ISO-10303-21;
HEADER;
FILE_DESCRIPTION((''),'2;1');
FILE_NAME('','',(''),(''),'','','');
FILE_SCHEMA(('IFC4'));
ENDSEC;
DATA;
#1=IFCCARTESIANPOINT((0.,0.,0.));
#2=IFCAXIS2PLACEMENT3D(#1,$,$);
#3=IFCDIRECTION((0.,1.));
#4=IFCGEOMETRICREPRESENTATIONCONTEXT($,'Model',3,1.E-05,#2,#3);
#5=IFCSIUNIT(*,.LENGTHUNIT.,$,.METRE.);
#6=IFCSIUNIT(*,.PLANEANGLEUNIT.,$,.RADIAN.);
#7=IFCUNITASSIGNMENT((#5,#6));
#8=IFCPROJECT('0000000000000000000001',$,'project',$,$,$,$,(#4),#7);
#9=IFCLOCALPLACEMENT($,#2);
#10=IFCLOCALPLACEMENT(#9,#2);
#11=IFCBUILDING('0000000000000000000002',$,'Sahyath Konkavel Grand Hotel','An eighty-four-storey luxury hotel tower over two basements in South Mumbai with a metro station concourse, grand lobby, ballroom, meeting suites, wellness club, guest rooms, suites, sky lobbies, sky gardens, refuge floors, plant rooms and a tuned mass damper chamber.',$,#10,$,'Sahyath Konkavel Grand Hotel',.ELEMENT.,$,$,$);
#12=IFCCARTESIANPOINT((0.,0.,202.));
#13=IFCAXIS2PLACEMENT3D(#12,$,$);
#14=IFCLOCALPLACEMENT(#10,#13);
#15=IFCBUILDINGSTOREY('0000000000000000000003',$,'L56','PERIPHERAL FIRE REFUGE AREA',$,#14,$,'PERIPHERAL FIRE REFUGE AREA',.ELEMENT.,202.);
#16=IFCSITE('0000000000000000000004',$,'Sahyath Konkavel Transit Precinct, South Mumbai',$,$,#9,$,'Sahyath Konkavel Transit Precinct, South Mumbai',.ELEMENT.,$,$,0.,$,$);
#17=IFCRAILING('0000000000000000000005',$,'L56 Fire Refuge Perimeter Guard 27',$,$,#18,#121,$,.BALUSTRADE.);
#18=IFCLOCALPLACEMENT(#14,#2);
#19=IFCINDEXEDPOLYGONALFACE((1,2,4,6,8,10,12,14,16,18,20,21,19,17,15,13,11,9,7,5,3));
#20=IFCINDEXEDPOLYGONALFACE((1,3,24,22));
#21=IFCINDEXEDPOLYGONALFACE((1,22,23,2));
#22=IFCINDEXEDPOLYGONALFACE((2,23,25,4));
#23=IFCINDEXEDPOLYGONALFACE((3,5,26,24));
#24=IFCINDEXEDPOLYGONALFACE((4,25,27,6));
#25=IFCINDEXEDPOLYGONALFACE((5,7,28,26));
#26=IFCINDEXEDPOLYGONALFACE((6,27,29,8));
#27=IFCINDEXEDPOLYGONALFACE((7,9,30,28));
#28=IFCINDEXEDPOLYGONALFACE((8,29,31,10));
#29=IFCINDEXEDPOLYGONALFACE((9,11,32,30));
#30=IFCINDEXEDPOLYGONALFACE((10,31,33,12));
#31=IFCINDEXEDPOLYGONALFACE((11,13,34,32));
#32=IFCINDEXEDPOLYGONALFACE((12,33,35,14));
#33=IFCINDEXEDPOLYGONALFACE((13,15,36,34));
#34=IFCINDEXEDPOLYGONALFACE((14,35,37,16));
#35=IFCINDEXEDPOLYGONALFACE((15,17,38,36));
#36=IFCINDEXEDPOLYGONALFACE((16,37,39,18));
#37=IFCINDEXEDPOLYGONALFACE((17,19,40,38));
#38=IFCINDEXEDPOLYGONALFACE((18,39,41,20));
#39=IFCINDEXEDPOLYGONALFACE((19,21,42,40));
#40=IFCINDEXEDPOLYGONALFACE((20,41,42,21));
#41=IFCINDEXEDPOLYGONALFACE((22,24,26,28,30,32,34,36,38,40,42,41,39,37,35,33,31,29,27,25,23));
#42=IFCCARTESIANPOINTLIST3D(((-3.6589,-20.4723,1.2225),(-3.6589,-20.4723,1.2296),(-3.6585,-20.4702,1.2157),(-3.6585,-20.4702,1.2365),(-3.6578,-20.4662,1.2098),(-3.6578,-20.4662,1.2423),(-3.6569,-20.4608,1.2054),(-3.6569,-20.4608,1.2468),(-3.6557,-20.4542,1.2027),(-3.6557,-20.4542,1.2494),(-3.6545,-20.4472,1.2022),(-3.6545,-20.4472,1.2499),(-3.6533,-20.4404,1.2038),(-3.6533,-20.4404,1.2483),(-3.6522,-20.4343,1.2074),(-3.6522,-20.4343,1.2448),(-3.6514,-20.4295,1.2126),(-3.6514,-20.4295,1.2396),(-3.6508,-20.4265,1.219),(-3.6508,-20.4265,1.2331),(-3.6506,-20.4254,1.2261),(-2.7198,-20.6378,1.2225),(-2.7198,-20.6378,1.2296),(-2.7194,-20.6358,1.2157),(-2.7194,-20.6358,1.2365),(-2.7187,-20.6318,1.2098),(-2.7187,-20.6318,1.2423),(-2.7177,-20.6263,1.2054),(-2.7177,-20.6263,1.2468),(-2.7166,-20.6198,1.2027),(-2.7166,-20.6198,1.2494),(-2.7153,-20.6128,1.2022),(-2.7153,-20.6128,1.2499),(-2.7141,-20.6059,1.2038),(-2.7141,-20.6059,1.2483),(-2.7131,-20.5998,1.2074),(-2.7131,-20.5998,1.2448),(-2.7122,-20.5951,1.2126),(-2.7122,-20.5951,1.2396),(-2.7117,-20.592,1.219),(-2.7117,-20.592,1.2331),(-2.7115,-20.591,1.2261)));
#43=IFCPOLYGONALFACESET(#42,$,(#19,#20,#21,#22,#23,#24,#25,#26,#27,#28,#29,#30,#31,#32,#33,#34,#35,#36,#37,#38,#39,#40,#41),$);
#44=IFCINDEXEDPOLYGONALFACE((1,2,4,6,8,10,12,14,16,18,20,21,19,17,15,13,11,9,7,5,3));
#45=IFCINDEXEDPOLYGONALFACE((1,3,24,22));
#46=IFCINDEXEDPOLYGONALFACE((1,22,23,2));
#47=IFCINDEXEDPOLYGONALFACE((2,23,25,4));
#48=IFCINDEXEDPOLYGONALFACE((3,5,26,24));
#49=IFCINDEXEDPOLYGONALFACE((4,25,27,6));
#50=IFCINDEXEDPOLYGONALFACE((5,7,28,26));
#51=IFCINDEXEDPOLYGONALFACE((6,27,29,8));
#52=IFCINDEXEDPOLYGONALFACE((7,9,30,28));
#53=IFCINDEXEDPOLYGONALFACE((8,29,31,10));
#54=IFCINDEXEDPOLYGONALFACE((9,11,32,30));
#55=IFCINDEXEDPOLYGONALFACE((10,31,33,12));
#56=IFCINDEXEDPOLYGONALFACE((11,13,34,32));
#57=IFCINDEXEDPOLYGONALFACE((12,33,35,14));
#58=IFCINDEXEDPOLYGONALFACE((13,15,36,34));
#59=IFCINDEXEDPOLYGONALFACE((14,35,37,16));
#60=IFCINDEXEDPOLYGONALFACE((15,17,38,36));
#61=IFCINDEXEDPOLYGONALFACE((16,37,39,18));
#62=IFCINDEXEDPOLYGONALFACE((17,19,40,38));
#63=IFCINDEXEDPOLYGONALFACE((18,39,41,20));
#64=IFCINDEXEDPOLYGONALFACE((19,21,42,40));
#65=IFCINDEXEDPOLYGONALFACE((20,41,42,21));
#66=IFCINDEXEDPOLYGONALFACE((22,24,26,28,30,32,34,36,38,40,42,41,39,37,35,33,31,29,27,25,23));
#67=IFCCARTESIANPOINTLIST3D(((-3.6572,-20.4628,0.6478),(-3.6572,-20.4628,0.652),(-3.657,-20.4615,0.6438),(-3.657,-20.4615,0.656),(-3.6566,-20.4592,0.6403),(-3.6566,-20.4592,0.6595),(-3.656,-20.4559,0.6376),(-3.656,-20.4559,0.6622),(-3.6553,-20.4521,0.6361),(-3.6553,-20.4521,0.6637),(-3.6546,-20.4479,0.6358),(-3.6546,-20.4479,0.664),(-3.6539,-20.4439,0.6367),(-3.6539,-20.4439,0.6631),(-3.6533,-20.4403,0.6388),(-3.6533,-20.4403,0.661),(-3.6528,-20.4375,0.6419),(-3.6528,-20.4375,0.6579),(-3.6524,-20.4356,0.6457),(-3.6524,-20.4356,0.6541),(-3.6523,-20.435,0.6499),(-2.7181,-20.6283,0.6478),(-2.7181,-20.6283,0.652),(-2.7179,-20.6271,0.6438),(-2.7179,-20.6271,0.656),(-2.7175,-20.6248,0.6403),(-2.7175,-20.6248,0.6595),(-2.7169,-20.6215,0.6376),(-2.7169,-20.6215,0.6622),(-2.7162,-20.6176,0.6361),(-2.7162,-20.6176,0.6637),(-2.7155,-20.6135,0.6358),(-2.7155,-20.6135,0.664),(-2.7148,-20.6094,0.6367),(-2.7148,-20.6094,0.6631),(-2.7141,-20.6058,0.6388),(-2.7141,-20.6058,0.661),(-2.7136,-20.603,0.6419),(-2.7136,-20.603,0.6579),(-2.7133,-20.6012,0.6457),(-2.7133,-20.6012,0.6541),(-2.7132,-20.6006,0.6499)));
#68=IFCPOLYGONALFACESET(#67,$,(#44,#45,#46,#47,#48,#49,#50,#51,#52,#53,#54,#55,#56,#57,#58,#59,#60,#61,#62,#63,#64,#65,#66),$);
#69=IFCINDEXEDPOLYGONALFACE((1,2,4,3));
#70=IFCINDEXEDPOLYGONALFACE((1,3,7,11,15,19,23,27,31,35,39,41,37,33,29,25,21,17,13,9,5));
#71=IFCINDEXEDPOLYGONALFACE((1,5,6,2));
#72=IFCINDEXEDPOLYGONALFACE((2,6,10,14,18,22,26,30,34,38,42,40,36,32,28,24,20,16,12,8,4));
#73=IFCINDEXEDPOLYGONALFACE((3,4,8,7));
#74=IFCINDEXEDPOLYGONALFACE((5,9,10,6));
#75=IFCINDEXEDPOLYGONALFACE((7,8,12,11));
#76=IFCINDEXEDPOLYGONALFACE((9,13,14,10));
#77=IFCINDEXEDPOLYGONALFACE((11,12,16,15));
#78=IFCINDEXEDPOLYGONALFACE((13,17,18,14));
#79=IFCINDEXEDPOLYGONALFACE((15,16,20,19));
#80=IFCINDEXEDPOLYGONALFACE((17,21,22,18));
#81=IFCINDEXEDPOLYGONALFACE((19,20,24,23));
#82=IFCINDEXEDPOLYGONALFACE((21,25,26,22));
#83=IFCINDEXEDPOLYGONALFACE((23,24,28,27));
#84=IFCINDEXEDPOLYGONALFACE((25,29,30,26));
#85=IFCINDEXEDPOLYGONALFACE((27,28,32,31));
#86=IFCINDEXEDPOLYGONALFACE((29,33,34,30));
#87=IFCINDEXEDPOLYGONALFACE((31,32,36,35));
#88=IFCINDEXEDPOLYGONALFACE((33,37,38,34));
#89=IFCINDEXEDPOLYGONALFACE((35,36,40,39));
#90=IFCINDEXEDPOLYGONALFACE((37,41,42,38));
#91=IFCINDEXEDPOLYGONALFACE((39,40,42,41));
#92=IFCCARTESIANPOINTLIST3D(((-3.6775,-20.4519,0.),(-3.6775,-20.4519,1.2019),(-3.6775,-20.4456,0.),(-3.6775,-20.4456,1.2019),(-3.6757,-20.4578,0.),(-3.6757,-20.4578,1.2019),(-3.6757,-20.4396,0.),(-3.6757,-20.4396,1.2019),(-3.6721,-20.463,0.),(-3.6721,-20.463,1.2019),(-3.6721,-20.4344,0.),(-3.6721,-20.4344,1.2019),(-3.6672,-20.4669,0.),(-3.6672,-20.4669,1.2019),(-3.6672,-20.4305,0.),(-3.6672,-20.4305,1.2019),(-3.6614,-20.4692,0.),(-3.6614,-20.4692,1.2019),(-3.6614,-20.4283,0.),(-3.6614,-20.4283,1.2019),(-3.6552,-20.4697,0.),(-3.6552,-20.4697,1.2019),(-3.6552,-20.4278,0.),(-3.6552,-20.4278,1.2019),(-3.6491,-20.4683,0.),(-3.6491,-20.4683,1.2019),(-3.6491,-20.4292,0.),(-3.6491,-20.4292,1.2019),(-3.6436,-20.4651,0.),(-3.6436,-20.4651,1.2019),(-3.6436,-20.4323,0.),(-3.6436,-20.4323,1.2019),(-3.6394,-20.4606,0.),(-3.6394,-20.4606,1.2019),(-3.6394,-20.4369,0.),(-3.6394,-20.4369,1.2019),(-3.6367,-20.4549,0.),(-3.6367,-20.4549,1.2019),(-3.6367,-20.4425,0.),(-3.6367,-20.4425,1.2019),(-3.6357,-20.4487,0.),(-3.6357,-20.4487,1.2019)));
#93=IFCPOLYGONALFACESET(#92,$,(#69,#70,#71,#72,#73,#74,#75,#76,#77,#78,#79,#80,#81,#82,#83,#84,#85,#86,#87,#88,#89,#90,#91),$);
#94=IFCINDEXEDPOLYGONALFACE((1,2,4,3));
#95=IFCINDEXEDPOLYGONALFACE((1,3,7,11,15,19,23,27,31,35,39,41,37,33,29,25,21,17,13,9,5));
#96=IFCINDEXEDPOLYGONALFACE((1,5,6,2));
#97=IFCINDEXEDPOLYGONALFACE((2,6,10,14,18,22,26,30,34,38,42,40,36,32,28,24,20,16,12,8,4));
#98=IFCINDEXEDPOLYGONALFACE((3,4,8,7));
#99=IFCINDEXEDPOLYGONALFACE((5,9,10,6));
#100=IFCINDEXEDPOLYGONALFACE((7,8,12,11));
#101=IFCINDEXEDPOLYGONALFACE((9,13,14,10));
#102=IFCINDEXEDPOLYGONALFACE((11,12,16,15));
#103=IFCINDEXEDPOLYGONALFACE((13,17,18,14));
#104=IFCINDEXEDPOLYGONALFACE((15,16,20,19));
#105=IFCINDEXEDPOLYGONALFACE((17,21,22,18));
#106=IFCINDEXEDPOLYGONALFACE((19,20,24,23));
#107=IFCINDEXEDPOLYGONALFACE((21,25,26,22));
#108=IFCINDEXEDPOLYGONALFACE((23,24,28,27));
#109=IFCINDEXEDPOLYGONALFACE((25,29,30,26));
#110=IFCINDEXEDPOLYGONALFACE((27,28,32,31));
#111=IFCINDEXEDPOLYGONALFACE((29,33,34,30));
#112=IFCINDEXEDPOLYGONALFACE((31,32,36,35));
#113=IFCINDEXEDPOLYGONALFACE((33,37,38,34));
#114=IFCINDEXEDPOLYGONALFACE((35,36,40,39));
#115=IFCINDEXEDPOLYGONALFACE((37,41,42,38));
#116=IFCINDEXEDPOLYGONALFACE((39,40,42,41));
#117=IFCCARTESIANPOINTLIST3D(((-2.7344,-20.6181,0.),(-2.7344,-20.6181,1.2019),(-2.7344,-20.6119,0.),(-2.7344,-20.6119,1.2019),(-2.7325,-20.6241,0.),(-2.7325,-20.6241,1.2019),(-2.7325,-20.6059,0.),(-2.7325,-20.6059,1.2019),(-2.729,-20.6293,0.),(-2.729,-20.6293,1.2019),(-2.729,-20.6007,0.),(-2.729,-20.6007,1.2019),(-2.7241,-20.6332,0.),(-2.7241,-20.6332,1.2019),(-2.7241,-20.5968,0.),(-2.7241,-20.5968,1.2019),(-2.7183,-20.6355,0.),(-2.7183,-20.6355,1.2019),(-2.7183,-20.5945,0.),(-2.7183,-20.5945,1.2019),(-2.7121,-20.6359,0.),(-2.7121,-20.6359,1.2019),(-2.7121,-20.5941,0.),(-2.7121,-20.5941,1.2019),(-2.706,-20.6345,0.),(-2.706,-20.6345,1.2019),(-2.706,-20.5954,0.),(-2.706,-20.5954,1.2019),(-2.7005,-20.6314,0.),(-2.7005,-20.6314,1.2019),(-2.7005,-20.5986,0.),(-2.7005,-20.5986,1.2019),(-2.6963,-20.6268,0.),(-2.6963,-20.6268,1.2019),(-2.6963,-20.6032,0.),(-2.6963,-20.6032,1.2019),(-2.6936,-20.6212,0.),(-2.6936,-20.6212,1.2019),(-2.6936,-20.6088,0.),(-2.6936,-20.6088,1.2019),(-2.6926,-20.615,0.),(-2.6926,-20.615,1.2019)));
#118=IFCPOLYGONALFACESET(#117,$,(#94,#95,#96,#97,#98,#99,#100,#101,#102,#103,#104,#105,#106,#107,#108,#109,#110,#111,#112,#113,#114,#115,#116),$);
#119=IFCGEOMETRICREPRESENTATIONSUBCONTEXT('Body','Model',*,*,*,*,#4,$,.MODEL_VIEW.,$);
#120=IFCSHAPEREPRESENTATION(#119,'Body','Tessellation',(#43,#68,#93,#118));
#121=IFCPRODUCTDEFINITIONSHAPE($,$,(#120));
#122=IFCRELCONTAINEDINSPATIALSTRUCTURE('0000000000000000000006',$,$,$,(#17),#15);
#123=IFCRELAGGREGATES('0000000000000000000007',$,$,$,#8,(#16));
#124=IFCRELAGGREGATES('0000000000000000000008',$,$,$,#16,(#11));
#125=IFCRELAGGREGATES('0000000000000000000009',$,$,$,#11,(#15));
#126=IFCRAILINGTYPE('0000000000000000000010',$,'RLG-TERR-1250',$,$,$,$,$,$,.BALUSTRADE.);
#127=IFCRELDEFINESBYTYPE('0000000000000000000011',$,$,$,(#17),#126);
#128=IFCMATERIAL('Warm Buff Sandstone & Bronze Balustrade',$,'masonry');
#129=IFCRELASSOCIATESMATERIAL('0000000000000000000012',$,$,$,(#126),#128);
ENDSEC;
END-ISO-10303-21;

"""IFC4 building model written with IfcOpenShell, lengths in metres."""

from ifc_helpers import new_model, si_unit, direction, frame, origin, origin_2d, place, context, subcontext, project, spatial, circle, extrude, material, type_object, element, save


model = new_model("IFC4")

# Units and contexts
model_context = context("Model", 3, precision=1e-05, world=origin(), true_north=direction((0.0, 1.0)))
body_context = subcontext(model_context, "Body", "Model", "MODEL_VIEW")
ifc_project = project(units=[si_unit("LENGTHUNIT", "METRE"), si_unit("PLANEANGLEUNIT", "RADIAN")], contexts=[model_context])

# Site, building, storey
site_placement = place(None, origin())
site = spatial("IfcSite", under=ifc_project, at=site_placement, Name="Sahyath Konkavel Transit Precinct, South Mumbai", LongName="Sahyath Konkavel Transit Precinct, South Mumbai", CompositionType="ELEMENT", RefElevation=0.0)
building_placement = place(site_placement, origin())
building = spatial("IfcBuilding", under=site, at=building_placement, Name="Sahyath Konkavel Grand Hotel", Description="An eighty-four-storey luxury hotel tower over two basements in South Mumbai with a metro station concourse, grand lobby, ballroom, meeting suites, wellness club, guest rooms, suites, sky lobbies, sky gardens, refuge floors, plant rooms and a tuned mass damper chamber.", LongName="Sahyath Konkavel Grand Hotel", CompositionType="ELEMENT")
storey_placement = place(building_placement, frame((0.0, 0.0, 202.0)))
storey = spatial("IfcBuildingStorey", under=building, at=storey_placement, Name="L56", Description="PERIPHERAL FIRE REFUGE AREA", LongName="PERIPHERAL FIRE REFUGE AREA", CompositionType="ELEMENT", Elevation=202.0)

# Railing
ifc_material_1 = material(Name="Warm Buff Sandstone & Bronze Balustrade", Category="masonry")
railing_type = type_object("IfcRailingType", Name="RLG-TERR-1250", PredefinedType="BALUSTRADE", material=ifc_material_1)
railing_placement = place(storey_placement, frame((-3.6567, -20.4487, 0.0)))
element("IfcRailing", 1, at=railing_placement, inside=storey, type_object=railing_type, Name="L56 Fire Refuge Perimeter Guard 27", PredefinedType="BALUSTRADE", context=body_context, shape_type="SweptSolid", body=[
    extrude(circle(Radius=0.0239, at=origin_2d()), frame((0.002, -0.0002, 1.2261), z_axis=(0.984814, -0.173611, 0.0), x_axis=(0.173611, 0.984814, 0.0)), (0.0, 0.0, 1.0), 0.9536),
    extrude(circle(Radius=0.0142, at=origin_2d()), frame((0.002, -0.0002, 0.6499), z_axis=(0.984814, -0.173611, 0.0), x_axis=(0.173611, 0.984814, 0.0)), (0.0, 0.0, 1.0), 0.9536),
    extrude(circle(Radius=0.021, at=origin_2d()), origin(), (0.0, 0.0, 1.0), 1.2019),
    extrude(circle(Radius=0.021, at=origin_2d()), frame((0.9431, -0.1663, 0.0)), (0.0, 0.0, 1.0), 1.2019),
])

save(model, "model.ifc")
